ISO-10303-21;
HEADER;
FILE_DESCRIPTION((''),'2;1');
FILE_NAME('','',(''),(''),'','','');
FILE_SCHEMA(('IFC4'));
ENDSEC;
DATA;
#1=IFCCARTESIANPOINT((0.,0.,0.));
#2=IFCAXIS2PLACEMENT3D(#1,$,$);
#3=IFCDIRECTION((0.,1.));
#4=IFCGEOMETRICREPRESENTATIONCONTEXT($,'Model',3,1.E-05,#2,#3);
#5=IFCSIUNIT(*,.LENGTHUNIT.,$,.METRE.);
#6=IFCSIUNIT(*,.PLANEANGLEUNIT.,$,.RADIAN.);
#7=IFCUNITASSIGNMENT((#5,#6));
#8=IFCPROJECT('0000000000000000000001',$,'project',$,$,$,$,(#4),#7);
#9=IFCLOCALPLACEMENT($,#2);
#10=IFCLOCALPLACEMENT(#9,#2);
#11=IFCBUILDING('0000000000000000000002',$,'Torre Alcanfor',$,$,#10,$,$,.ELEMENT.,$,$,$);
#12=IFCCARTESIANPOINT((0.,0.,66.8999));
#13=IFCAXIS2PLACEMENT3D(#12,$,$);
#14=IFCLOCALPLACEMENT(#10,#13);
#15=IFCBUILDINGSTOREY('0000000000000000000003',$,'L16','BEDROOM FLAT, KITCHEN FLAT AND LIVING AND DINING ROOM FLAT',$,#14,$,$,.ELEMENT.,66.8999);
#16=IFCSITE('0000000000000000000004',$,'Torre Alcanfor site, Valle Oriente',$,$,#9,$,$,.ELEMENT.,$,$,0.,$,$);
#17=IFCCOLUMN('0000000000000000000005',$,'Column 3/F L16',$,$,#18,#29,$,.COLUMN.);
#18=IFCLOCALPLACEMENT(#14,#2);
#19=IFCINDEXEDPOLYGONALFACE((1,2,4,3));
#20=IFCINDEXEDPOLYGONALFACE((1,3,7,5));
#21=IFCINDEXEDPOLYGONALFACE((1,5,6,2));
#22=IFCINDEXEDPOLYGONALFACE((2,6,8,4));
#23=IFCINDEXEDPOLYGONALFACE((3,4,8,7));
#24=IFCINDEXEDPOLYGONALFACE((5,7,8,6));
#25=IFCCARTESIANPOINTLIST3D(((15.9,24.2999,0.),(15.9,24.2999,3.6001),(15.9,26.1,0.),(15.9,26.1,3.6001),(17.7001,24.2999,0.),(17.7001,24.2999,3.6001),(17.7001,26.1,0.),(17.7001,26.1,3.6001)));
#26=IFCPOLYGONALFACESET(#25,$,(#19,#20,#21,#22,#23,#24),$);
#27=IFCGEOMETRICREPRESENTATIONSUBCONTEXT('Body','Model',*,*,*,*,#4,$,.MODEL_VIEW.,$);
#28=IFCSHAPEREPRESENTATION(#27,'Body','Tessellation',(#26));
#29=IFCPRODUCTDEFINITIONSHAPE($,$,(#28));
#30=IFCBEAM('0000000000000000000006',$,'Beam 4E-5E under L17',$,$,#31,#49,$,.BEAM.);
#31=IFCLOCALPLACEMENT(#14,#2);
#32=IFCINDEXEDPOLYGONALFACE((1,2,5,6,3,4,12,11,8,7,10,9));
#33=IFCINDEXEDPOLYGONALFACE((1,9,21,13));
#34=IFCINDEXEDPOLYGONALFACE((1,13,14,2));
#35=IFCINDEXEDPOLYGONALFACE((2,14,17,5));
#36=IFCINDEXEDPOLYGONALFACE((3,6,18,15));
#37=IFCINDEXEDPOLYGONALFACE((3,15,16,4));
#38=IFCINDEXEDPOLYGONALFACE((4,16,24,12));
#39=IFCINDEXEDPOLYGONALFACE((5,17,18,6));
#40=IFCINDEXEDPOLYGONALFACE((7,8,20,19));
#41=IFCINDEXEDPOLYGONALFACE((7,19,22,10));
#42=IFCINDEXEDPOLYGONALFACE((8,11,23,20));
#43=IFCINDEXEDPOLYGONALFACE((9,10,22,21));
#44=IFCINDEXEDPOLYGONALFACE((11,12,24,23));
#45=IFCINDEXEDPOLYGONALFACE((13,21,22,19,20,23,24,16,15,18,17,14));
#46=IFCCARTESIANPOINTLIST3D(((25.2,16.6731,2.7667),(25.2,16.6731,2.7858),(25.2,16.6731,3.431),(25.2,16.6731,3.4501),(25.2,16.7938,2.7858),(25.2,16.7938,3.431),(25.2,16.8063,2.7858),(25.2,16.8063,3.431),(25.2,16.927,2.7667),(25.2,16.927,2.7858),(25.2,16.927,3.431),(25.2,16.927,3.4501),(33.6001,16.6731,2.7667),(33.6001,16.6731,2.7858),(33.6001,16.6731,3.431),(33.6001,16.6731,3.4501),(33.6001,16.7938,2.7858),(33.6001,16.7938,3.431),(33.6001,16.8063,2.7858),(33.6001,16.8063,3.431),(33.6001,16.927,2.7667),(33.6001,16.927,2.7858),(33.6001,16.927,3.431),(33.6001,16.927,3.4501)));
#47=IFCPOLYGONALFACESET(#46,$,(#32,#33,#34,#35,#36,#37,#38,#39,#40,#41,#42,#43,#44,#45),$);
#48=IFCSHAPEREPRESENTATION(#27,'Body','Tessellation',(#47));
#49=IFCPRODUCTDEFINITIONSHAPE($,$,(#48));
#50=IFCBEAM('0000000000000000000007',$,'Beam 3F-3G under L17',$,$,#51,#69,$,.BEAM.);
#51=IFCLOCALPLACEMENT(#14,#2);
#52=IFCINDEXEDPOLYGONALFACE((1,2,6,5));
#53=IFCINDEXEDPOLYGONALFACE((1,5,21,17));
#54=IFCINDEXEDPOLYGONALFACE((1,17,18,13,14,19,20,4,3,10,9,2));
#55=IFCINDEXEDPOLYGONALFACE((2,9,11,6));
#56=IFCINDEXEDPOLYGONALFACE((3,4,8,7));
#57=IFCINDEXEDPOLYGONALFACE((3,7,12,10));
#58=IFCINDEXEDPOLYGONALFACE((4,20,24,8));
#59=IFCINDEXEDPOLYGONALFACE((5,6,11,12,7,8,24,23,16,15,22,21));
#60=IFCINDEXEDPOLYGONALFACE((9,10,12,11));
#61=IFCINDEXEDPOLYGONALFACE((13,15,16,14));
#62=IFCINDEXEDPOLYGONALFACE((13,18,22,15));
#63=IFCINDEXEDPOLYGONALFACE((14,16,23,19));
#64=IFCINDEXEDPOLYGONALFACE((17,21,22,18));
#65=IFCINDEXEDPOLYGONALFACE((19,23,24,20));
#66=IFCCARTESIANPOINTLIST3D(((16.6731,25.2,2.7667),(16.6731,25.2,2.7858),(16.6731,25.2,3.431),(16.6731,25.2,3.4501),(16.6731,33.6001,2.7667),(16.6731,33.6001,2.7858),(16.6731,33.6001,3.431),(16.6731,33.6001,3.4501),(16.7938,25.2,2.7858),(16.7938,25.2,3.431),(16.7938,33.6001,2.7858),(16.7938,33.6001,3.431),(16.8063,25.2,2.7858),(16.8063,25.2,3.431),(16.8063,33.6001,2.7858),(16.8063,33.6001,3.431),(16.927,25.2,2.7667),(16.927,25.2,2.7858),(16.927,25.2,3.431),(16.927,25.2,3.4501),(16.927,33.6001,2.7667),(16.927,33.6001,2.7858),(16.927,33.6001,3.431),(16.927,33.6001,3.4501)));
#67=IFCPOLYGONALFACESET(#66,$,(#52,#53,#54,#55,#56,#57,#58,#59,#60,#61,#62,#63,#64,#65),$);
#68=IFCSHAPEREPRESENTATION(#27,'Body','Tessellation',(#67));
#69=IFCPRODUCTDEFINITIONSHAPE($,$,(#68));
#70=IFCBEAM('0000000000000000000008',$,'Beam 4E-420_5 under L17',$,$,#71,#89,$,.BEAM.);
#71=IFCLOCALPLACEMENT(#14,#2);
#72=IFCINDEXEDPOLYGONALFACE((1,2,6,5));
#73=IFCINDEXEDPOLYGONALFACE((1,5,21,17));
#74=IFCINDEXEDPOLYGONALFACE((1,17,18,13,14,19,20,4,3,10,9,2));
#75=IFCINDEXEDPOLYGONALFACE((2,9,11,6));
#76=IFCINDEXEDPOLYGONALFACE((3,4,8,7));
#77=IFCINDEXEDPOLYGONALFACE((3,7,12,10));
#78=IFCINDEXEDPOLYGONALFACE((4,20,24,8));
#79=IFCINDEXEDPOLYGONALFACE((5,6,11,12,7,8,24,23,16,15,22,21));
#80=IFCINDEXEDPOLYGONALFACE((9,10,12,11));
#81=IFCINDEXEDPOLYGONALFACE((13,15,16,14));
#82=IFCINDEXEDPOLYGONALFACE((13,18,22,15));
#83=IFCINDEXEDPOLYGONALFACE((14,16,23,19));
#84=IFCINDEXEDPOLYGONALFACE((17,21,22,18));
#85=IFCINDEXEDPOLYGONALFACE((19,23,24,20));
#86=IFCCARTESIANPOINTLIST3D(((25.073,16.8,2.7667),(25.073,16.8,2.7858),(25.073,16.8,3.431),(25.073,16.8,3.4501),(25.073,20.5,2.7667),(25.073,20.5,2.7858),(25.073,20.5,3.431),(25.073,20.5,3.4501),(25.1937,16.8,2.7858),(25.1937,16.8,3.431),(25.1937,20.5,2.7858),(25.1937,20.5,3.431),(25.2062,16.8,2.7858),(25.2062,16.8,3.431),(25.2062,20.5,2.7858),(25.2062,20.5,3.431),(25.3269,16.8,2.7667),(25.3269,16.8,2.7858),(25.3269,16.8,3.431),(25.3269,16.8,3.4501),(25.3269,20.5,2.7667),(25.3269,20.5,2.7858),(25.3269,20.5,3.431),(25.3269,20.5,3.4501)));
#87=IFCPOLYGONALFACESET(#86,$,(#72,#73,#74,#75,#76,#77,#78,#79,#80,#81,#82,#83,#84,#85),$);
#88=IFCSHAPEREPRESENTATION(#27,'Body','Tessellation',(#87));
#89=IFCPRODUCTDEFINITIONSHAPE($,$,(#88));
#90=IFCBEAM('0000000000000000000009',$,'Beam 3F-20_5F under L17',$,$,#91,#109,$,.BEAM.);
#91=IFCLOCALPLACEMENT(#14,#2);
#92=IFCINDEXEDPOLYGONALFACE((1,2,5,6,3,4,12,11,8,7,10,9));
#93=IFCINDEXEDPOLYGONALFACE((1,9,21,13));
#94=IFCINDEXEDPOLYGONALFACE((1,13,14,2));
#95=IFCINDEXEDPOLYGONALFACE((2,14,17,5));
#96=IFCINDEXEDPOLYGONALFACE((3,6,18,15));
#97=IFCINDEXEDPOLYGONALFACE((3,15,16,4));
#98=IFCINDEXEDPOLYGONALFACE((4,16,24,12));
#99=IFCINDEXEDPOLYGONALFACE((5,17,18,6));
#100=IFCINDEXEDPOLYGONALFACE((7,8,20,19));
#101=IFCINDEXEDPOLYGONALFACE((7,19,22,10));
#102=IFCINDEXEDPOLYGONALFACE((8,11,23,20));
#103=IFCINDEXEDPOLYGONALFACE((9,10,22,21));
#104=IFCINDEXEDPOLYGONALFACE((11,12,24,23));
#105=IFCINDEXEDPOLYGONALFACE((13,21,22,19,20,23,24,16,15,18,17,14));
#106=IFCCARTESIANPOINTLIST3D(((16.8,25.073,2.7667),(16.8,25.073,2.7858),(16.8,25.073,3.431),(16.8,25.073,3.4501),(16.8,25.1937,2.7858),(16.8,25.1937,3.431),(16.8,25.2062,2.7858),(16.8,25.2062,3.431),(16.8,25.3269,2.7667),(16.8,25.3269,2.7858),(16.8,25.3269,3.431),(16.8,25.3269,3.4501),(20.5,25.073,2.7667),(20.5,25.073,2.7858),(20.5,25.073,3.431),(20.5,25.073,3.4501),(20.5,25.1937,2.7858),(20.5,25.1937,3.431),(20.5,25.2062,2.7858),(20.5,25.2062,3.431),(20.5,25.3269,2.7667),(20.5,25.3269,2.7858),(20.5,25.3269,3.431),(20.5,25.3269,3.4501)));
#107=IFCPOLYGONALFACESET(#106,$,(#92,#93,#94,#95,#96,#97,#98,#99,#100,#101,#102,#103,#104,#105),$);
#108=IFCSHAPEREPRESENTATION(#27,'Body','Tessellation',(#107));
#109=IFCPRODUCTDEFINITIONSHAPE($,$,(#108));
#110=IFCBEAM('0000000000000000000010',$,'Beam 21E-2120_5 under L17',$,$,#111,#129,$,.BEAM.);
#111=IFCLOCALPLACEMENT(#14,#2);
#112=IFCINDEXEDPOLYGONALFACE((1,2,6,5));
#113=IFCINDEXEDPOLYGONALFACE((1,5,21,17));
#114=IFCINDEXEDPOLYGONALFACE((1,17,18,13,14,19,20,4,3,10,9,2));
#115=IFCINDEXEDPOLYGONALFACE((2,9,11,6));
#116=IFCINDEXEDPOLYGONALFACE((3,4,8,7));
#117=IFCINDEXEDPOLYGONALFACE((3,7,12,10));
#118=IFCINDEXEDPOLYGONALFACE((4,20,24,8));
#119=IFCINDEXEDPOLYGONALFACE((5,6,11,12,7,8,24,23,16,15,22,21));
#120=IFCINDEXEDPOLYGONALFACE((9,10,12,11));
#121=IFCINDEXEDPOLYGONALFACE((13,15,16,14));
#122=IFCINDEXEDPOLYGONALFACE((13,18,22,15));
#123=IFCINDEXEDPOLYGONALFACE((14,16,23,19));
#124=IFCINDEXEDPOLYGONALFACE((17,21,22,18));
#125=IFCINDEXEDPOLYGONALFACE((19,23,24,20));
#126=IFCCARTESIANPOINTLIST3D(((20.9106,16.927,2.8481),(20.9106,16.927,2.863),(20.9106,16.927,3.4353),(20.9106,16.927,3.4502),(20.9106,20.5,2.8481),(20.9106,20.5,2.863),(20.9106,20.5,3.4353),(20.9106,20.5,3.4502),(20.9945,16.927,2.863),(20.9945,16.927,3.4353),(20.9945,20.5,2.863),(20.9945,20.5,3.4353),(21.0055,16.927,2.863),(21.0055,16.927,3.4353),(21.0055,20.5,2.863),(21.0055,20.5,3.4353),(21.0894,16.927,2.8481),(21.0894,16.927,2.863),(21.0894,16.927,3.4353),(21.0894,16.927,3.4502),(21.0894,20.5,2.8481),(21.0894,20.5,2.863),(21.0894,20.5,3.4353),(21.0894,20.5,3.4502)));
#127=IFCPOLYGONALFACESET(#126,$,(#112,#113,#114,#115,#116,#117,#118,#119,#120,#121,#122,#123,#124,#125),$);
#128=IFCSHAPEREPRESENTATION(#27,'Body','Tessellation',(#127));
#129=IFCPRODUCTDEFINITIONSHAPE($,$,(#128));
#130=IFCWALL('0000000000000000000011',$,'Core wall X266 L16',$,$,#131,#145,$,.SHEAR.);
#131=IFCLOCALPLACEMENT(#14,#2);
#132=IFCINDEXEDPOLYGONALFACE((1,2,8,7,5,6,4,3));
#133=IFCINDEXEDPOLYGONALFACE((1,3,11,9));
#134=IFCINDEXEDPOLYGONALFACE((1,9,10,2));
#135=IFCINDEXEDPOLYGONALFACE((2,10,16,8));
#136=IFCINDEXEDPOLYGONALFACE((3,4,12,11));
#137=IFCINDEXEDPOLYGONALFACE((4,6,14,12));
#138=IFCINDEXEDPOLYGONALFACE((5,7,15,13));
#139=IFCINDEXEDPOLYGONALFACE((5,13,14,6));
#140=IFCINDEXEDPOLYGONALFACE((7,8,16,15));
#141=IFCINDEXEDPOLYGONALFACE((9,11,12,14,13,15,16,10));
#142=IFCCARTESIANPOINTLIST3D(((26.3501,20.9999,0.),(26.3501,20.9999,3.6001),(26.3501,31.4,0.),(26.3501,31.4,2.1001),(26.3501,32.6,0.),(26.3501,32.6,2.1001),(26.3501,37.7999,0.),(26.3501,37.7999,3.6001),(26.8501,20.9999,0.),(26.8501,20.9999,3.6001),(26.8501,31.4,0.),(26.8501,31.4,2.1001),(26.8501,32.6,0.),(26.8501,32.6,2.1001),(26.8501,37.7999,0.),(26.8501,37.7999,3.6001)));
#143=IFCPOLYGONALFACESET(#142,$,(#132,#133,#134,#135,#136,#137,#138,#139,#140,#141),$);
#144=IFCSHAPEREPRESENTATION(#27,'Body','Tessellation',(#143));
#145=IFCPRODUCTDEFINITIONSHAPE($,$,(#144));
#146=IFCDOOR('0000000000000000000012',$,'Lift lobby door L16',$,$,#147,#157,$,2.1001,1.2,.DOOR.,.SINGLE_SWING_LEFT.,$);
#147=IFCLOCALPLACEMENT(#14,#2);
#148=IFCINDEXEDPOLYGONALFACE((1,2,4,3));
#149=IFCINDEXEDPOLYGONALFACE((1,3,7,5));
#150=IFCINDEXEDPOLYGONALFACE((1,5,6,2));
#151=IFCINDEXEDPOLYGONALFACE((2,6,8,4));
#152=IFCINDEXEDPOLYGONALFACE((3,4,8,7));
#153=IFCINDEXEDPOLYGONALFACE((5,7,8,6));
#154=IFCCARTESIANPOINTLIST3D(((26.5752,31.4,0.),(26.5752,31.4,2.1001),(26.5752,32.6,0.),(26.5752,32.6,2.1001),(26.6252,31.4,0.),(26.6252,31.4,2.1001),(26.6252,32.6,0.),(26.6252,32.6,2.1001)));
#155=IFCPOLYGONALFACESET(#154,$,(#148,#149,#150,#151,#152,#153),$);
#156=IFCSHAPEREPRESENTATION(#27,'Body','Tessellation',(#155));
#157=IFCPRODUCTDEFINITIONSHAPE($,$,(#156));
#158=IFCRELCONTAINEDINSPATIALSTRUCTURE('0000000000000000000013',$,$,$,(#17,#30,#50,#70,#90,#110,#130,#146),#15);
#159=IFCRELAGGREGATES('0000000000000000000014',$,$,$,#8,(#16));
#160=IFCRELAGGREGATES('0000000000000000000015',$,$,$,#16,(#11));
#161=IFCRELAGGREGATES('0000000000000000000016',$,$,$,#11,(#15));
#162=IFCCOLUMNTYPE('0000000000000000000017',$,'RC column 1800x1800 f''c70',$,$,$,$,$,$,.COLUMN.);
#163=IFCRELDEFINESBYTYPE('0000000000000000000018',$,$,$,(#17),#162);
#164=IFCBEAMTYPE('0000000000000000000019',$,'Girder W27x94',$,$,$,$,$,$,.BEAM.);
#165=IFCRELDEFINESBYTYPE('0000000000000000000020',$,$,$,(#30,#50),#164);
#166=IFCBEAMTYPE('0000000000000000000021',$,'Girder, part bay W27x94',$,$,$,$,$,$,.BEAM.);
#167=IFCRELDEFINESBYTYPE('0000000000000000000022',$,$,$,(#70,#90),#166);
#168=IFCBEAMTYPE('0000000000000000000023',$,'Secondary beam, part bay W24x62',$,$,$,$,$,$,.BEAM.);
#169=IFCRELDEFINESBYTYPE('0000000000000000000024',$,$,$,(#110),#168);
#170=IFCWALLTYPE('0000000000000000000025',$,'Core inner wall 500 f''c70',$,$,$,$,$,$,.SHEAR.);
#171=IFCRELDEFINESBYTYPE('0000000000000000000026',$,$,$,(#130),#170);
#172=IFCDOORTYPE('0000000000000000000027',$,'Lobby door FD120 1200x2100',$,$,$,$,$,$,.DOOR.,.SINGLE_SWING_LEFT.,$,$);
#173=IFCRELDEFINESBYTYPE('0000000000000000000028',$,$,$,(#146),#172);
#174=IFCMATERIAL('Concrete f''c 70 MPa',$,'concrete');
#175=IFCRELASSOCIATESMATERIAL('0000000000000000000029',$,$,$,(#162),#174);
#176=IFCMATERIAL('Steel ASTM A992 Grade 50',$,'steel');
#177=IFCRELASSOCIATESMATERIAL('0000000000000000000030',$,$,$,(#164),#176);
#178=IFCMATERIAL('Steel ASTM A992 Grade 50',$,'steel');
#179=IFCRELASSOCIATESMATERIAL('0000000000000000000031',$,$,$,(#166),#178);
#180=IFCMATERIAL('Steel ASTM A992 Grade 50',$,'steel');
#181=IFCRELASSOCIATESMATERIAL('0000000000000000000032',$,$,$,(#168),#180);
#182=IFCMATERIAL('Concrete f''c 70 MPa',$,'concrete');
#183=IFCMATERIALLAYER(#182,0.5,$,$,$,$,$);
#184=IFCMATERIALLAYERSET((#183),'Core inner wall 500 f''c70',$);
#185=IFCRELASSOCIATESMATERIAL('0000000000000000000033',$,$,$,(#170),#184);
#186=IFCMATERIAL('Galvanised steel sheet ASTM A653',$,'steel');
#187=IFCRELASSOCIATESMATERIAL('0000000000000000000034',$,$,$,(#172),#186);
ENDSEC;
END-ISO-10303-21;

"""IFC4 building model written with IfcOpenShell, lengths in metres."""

from ifc_helpers import new_model, si_unit, direction, frame, frame_2d, origin, origin_2d, place, context, subcontext, project, spatial, rectangle, i_section, extrude, material, layer, layer_set, material_profile, profile_set, type_object, element, fill, save


model = new_model("IFC4")

# Units and contexts
model_context = context("Model", 3, precision=1e-05, world=origin(), true_north=direction((0.0, 1.0)))
body_context = subcontext(model_context, "Body", "Model", "MODEL_VIEW")
ifc_project = project(units=[si_unit("LENGTHUNIT", "METRE"), si_unit("PLANEANGLEUNIT", "RADIAN")], contexts=[model_context])

# Site, building, storey
site_placement = place(None, origin())
site = spatial("IfcSite", under=ifc_project, at=site_placement, Name="Torre Alcanfor site, Valle Oriente", CompositionType="ELEMENT", RefElevation=0.0)
building_placement = place(site_placement, origin())
building = spatial("IfcBuilding", under=site, at=building_placement, Name="Torre Alcanfor", CompositionType="ELEMENT")
storey_placement = place(building_placement, frame((0.0, 0.0, 66.8999)))
storey = spatial("IfcBuildingStorey", under=building, at=storey_placement, Name="L16", Description="BEDROOM FLAT, KITCHEN FLAT AND LIVING AND DINING ROOM FLAT", CompositionType="ELEMENT", Elevation=66.8999)

# Column
ifc_material_1 = material(Name="Concrete f'c 70 MPa", Category="concrete")
ifc_material_profile_1 = material_profile(ifc_material_1, rectangle(XDim=1.8, YDim=1.8, at=origin_2d()), Name="1800x1800")
ifc_profile_set_1 = profile_set([ifc_material_profile_1], Name="Concrete f'c 70 MPa")
column_type = type_object("IfcColumnType", Name="RC column 1800x1800 f'c70", PredefinedType="COLUMN", material=ifc_profile_set_1)
column_placement = place(storey_placement, frame((16.8, 25.2, 0.0), z_axis=(0.0, 0.0, 1.0), x_axis=(1.0, 0.0, 0.0)))
element("IfcColumn", 1, at=column_placement, inside=storey, type_object=column_type, Name="Column 3/F L16", PredefinedType="COLUMN", context=body_context, shape_type="SweptSolid", body=[
    extrude(rectangle(XDim=1.8, YDim=1.8, at=origin_2d()), origin(), (0.0, 0.0, 1.0), 3.6001),
])

# Beams
ifc_material_2 = material(Name="Steel ASTM A992 Grade 50", Category="steel")
ifc_material_profile_2 = material_profile(ifc_material_2, i_section(OverallWidth=0.2539, OverallDepth=0.6833, WebThickness=0.0125, FlangeThickness=0.019, at=origin_2d()), Name="W27x94")
ifc_profile_set_2 = profile_set([ifc_material_profile_2], Name="Steel ASTM A992 Grade 50")
beam_type_1 = type_object("IfcBeamType", Name="Girder W27x94", PredefinedType="BEAM", material=ifc_profile_set_2)
for number, where, z_axis, x_axis, name in (
    (2, (25.2, 16.8, 3.1084), (1.0, 0.0, 0.0), (0.0, 1.0, 0.0), "Beam 4E-5E under L17"),
    (3, (16.8, 25.2, 3.1084), (0.0, 1.0, 0.0), (-1.0, 0.0, 0.0), "Beam 3F-3G under L17"),
):
    element("IfcBeam", number, at=place(storey_placement, frame(where, z_axis=z_axis, x_axis=x_axis)), inside=storey, type_object=beam_type_1, Name=name, PredefinedType="BEAM", context=body_context, shape_type="SweptSolid", body=[
        extrude(i_section(OverallWidth=0.2539, OverallDepth=0.6833, WebThickness=0.0125, FlangeThickness=0.019, at=origin_2d()), origin(), (0.0, 0.0, 1.0), 8.4001),
    ])
ifc_material_3 = material(Name="Steel ASTM A992 Grade 50", Category="steel")
ifc_material_profile_3 = material_profile(ifc_material_3, i_section(OverallWidth=0.2539, OverallDepth=0.6833, WebThickness=0.0125, FlangeThickness=0.019, at=origin_2d()), Name="W27x94")
ifc_profile_set_3 = profile_set([ifc_material_profile_3], Name="Steel ASTM A992 Grade 50")
beam_type_2 = type_object("IfcBeamType", Name="Girder, part bay W27x94", PredefinedType="BEAM", material=ifc_profile_set_3)
for number, where, z_axis, x_axis, name in (
    (4, (25.2, 16.8, 3.1084), (0.0, 1.0, 0.0), (-1.0, 0.0, 0.0), "Beam 4E-420_5 under L17"),
    (5, (16.8, 25.2, 3.1084), (1.0, 0.0, 0.0), (0.0, 1.0, 0.0), "Beam 3F-20_5F under L17"),
):
    element("IfcBeam", number, at=place(storey_placement, frame(where, z_axis=z_axis, x_axis=x_axis)), inside=storey, type_object=beam_type_2, Name=name, PredefinedType="BEAM", context=body_context, shape_type="SweptSolid", body=[
        extrude(i_section(OverallWidth=0.2539, OverallDepth=0.6833, WebThickness=0.0125, FlangeThickness=0.019, at=origin_2d()), origin(), (0.0, 0.0, 1.0), 3.7),
    ])
ifc_material_4 = material(Name="Steel ASTM A992 Grade 50", Category="steel")
ifc_material_profile_4 = material_profile(ifc_material_4, i_section(OverallWidth=0.1787, OverallDepth=0.6021, WebThickness=0.011, FlangeThickness=0.0149, at=origin_2d()), Name="W24x62")
ifc_profile_set_4 = profile_set([ifc_material_profile_4], Name="Steel ASTM A992 Grade 50")
beam_type_3 = type_object("IfcBeamType", Name="Secondary beam, part bay W24x62", PredefinedType="BEAM", material=ifc_profile_set_4)
beam_placement = place(storey_placement, frame((21.0, 16.927, 3.1492), z_axis=(0.0, 1.0, 0.0), x_axis=(-1.0, 0.0, 0.0)))
element("IfcBeam", 6, at=beam_placement, inside=storey, type_object=beam_type_3, Name="Beam 21E-2120_5 under L17", PredefinedType="BEAM", context=body_context, shape_type="SweptSolid", body=[
    extrude(i_section(OverallWidth=0.1787, OverallDepth=0.6021, WebThickness=0.011, FlangeThickness=0.0149, at=origin_2d()), origin(), (0.0, 0.0, 1.0), 3.573),
])

# Wall, opening, door
ifc_material_5 = material(Name="Concrete f'c 70 MPa", Category="concrete")
ifc_layer_1 = layer(ifc_material_5, 0.5)
ifc_layer_set_1 = layer_set([ifc_layer_1], Name="Core inner wall 500 f'c70")
wall_type_1 = type_object("IfcWallType", Name="Core inner wall 500 f'c70", PredefinedType="SHEAR", material=ifc_layer_set_1)
wall_1_placement = place(storey_placement, frame((26.6001, 21.0, 0.0), z_axis=(0.0, 0.0, 1.0), x_axis=(0.0, 1.0, 0.0)))
wall_1 = element("IfcWall", 7, at=wall_1_placement, inside=storey, type_object=wall_type_1, Name="Core wall X266 L16", PredefinedType="SHEAR", context=body_context, shape_type="SweptSolid", body=[
    extrude(rectangle(XDim=16.8, YDim=0.5, at=frame_2d((8.3999, 0.0))), origin(), (0.0, 0.0, 1.0), 3.6001),
])
opening_1_placement = place(wall_1_placement, frame((10.3999, 0.0, 0.0)))
opening_1 = element("IfcOpeningElement", 8, at=opening_1_placement, cuts=wall_1, PredefinedType="OPENING", context=body_context, shape_type="SweptSolid", body=[
    extrude(rectangle(XDim=1.2, YDim=2.1001, at=frame_2d((0.6001, 1.05))), frame((0.0, 0.26, 0.0), z_axis=(0.0, -1.0, 0.0), x_axis=(1.0, 0.0, 0.0)), (0.0, 0.0, 1.0), 0.52),
])
ifc_material_6 = material(Name="Galvanised steel sheet ASTM A653", Category="steel")
door_type_1 = type_object("IfcDoorType", Name="Lobby door FD120 1200x2100", OperationType="SINGLE_SWING_LEFT", PredefinedType="DOOR", material=ifc_material_6)
door_1_placement = place(opening_1_placement, origin())
door_1 = element("IfcDoor", 9, at=door_1_placement, inside=storey, type_object=door_type_1, Name="Lift lobby door L16", OperationType="SINGLE_SWING_LEFT", OverallHeight=2.1001, OverallWidth=1.2, PredefinedType="DOOR", context=body_context, shape_type="SweptSolid", body=[
    extrude(rectangle(XDim=1.2, YDim=2.1001, at=frame_2d((0.6001, 1.05))), frame((0.0, 0.0249, 0.0), z_axis=(0.0, -1.0, 0.0), x_axis=(1.0, 0.0, 0.0)), (0.0, 0.0, 1.0), 0.05),
])
fill(opening_1, door_1)

save(model, "model.ifc")
